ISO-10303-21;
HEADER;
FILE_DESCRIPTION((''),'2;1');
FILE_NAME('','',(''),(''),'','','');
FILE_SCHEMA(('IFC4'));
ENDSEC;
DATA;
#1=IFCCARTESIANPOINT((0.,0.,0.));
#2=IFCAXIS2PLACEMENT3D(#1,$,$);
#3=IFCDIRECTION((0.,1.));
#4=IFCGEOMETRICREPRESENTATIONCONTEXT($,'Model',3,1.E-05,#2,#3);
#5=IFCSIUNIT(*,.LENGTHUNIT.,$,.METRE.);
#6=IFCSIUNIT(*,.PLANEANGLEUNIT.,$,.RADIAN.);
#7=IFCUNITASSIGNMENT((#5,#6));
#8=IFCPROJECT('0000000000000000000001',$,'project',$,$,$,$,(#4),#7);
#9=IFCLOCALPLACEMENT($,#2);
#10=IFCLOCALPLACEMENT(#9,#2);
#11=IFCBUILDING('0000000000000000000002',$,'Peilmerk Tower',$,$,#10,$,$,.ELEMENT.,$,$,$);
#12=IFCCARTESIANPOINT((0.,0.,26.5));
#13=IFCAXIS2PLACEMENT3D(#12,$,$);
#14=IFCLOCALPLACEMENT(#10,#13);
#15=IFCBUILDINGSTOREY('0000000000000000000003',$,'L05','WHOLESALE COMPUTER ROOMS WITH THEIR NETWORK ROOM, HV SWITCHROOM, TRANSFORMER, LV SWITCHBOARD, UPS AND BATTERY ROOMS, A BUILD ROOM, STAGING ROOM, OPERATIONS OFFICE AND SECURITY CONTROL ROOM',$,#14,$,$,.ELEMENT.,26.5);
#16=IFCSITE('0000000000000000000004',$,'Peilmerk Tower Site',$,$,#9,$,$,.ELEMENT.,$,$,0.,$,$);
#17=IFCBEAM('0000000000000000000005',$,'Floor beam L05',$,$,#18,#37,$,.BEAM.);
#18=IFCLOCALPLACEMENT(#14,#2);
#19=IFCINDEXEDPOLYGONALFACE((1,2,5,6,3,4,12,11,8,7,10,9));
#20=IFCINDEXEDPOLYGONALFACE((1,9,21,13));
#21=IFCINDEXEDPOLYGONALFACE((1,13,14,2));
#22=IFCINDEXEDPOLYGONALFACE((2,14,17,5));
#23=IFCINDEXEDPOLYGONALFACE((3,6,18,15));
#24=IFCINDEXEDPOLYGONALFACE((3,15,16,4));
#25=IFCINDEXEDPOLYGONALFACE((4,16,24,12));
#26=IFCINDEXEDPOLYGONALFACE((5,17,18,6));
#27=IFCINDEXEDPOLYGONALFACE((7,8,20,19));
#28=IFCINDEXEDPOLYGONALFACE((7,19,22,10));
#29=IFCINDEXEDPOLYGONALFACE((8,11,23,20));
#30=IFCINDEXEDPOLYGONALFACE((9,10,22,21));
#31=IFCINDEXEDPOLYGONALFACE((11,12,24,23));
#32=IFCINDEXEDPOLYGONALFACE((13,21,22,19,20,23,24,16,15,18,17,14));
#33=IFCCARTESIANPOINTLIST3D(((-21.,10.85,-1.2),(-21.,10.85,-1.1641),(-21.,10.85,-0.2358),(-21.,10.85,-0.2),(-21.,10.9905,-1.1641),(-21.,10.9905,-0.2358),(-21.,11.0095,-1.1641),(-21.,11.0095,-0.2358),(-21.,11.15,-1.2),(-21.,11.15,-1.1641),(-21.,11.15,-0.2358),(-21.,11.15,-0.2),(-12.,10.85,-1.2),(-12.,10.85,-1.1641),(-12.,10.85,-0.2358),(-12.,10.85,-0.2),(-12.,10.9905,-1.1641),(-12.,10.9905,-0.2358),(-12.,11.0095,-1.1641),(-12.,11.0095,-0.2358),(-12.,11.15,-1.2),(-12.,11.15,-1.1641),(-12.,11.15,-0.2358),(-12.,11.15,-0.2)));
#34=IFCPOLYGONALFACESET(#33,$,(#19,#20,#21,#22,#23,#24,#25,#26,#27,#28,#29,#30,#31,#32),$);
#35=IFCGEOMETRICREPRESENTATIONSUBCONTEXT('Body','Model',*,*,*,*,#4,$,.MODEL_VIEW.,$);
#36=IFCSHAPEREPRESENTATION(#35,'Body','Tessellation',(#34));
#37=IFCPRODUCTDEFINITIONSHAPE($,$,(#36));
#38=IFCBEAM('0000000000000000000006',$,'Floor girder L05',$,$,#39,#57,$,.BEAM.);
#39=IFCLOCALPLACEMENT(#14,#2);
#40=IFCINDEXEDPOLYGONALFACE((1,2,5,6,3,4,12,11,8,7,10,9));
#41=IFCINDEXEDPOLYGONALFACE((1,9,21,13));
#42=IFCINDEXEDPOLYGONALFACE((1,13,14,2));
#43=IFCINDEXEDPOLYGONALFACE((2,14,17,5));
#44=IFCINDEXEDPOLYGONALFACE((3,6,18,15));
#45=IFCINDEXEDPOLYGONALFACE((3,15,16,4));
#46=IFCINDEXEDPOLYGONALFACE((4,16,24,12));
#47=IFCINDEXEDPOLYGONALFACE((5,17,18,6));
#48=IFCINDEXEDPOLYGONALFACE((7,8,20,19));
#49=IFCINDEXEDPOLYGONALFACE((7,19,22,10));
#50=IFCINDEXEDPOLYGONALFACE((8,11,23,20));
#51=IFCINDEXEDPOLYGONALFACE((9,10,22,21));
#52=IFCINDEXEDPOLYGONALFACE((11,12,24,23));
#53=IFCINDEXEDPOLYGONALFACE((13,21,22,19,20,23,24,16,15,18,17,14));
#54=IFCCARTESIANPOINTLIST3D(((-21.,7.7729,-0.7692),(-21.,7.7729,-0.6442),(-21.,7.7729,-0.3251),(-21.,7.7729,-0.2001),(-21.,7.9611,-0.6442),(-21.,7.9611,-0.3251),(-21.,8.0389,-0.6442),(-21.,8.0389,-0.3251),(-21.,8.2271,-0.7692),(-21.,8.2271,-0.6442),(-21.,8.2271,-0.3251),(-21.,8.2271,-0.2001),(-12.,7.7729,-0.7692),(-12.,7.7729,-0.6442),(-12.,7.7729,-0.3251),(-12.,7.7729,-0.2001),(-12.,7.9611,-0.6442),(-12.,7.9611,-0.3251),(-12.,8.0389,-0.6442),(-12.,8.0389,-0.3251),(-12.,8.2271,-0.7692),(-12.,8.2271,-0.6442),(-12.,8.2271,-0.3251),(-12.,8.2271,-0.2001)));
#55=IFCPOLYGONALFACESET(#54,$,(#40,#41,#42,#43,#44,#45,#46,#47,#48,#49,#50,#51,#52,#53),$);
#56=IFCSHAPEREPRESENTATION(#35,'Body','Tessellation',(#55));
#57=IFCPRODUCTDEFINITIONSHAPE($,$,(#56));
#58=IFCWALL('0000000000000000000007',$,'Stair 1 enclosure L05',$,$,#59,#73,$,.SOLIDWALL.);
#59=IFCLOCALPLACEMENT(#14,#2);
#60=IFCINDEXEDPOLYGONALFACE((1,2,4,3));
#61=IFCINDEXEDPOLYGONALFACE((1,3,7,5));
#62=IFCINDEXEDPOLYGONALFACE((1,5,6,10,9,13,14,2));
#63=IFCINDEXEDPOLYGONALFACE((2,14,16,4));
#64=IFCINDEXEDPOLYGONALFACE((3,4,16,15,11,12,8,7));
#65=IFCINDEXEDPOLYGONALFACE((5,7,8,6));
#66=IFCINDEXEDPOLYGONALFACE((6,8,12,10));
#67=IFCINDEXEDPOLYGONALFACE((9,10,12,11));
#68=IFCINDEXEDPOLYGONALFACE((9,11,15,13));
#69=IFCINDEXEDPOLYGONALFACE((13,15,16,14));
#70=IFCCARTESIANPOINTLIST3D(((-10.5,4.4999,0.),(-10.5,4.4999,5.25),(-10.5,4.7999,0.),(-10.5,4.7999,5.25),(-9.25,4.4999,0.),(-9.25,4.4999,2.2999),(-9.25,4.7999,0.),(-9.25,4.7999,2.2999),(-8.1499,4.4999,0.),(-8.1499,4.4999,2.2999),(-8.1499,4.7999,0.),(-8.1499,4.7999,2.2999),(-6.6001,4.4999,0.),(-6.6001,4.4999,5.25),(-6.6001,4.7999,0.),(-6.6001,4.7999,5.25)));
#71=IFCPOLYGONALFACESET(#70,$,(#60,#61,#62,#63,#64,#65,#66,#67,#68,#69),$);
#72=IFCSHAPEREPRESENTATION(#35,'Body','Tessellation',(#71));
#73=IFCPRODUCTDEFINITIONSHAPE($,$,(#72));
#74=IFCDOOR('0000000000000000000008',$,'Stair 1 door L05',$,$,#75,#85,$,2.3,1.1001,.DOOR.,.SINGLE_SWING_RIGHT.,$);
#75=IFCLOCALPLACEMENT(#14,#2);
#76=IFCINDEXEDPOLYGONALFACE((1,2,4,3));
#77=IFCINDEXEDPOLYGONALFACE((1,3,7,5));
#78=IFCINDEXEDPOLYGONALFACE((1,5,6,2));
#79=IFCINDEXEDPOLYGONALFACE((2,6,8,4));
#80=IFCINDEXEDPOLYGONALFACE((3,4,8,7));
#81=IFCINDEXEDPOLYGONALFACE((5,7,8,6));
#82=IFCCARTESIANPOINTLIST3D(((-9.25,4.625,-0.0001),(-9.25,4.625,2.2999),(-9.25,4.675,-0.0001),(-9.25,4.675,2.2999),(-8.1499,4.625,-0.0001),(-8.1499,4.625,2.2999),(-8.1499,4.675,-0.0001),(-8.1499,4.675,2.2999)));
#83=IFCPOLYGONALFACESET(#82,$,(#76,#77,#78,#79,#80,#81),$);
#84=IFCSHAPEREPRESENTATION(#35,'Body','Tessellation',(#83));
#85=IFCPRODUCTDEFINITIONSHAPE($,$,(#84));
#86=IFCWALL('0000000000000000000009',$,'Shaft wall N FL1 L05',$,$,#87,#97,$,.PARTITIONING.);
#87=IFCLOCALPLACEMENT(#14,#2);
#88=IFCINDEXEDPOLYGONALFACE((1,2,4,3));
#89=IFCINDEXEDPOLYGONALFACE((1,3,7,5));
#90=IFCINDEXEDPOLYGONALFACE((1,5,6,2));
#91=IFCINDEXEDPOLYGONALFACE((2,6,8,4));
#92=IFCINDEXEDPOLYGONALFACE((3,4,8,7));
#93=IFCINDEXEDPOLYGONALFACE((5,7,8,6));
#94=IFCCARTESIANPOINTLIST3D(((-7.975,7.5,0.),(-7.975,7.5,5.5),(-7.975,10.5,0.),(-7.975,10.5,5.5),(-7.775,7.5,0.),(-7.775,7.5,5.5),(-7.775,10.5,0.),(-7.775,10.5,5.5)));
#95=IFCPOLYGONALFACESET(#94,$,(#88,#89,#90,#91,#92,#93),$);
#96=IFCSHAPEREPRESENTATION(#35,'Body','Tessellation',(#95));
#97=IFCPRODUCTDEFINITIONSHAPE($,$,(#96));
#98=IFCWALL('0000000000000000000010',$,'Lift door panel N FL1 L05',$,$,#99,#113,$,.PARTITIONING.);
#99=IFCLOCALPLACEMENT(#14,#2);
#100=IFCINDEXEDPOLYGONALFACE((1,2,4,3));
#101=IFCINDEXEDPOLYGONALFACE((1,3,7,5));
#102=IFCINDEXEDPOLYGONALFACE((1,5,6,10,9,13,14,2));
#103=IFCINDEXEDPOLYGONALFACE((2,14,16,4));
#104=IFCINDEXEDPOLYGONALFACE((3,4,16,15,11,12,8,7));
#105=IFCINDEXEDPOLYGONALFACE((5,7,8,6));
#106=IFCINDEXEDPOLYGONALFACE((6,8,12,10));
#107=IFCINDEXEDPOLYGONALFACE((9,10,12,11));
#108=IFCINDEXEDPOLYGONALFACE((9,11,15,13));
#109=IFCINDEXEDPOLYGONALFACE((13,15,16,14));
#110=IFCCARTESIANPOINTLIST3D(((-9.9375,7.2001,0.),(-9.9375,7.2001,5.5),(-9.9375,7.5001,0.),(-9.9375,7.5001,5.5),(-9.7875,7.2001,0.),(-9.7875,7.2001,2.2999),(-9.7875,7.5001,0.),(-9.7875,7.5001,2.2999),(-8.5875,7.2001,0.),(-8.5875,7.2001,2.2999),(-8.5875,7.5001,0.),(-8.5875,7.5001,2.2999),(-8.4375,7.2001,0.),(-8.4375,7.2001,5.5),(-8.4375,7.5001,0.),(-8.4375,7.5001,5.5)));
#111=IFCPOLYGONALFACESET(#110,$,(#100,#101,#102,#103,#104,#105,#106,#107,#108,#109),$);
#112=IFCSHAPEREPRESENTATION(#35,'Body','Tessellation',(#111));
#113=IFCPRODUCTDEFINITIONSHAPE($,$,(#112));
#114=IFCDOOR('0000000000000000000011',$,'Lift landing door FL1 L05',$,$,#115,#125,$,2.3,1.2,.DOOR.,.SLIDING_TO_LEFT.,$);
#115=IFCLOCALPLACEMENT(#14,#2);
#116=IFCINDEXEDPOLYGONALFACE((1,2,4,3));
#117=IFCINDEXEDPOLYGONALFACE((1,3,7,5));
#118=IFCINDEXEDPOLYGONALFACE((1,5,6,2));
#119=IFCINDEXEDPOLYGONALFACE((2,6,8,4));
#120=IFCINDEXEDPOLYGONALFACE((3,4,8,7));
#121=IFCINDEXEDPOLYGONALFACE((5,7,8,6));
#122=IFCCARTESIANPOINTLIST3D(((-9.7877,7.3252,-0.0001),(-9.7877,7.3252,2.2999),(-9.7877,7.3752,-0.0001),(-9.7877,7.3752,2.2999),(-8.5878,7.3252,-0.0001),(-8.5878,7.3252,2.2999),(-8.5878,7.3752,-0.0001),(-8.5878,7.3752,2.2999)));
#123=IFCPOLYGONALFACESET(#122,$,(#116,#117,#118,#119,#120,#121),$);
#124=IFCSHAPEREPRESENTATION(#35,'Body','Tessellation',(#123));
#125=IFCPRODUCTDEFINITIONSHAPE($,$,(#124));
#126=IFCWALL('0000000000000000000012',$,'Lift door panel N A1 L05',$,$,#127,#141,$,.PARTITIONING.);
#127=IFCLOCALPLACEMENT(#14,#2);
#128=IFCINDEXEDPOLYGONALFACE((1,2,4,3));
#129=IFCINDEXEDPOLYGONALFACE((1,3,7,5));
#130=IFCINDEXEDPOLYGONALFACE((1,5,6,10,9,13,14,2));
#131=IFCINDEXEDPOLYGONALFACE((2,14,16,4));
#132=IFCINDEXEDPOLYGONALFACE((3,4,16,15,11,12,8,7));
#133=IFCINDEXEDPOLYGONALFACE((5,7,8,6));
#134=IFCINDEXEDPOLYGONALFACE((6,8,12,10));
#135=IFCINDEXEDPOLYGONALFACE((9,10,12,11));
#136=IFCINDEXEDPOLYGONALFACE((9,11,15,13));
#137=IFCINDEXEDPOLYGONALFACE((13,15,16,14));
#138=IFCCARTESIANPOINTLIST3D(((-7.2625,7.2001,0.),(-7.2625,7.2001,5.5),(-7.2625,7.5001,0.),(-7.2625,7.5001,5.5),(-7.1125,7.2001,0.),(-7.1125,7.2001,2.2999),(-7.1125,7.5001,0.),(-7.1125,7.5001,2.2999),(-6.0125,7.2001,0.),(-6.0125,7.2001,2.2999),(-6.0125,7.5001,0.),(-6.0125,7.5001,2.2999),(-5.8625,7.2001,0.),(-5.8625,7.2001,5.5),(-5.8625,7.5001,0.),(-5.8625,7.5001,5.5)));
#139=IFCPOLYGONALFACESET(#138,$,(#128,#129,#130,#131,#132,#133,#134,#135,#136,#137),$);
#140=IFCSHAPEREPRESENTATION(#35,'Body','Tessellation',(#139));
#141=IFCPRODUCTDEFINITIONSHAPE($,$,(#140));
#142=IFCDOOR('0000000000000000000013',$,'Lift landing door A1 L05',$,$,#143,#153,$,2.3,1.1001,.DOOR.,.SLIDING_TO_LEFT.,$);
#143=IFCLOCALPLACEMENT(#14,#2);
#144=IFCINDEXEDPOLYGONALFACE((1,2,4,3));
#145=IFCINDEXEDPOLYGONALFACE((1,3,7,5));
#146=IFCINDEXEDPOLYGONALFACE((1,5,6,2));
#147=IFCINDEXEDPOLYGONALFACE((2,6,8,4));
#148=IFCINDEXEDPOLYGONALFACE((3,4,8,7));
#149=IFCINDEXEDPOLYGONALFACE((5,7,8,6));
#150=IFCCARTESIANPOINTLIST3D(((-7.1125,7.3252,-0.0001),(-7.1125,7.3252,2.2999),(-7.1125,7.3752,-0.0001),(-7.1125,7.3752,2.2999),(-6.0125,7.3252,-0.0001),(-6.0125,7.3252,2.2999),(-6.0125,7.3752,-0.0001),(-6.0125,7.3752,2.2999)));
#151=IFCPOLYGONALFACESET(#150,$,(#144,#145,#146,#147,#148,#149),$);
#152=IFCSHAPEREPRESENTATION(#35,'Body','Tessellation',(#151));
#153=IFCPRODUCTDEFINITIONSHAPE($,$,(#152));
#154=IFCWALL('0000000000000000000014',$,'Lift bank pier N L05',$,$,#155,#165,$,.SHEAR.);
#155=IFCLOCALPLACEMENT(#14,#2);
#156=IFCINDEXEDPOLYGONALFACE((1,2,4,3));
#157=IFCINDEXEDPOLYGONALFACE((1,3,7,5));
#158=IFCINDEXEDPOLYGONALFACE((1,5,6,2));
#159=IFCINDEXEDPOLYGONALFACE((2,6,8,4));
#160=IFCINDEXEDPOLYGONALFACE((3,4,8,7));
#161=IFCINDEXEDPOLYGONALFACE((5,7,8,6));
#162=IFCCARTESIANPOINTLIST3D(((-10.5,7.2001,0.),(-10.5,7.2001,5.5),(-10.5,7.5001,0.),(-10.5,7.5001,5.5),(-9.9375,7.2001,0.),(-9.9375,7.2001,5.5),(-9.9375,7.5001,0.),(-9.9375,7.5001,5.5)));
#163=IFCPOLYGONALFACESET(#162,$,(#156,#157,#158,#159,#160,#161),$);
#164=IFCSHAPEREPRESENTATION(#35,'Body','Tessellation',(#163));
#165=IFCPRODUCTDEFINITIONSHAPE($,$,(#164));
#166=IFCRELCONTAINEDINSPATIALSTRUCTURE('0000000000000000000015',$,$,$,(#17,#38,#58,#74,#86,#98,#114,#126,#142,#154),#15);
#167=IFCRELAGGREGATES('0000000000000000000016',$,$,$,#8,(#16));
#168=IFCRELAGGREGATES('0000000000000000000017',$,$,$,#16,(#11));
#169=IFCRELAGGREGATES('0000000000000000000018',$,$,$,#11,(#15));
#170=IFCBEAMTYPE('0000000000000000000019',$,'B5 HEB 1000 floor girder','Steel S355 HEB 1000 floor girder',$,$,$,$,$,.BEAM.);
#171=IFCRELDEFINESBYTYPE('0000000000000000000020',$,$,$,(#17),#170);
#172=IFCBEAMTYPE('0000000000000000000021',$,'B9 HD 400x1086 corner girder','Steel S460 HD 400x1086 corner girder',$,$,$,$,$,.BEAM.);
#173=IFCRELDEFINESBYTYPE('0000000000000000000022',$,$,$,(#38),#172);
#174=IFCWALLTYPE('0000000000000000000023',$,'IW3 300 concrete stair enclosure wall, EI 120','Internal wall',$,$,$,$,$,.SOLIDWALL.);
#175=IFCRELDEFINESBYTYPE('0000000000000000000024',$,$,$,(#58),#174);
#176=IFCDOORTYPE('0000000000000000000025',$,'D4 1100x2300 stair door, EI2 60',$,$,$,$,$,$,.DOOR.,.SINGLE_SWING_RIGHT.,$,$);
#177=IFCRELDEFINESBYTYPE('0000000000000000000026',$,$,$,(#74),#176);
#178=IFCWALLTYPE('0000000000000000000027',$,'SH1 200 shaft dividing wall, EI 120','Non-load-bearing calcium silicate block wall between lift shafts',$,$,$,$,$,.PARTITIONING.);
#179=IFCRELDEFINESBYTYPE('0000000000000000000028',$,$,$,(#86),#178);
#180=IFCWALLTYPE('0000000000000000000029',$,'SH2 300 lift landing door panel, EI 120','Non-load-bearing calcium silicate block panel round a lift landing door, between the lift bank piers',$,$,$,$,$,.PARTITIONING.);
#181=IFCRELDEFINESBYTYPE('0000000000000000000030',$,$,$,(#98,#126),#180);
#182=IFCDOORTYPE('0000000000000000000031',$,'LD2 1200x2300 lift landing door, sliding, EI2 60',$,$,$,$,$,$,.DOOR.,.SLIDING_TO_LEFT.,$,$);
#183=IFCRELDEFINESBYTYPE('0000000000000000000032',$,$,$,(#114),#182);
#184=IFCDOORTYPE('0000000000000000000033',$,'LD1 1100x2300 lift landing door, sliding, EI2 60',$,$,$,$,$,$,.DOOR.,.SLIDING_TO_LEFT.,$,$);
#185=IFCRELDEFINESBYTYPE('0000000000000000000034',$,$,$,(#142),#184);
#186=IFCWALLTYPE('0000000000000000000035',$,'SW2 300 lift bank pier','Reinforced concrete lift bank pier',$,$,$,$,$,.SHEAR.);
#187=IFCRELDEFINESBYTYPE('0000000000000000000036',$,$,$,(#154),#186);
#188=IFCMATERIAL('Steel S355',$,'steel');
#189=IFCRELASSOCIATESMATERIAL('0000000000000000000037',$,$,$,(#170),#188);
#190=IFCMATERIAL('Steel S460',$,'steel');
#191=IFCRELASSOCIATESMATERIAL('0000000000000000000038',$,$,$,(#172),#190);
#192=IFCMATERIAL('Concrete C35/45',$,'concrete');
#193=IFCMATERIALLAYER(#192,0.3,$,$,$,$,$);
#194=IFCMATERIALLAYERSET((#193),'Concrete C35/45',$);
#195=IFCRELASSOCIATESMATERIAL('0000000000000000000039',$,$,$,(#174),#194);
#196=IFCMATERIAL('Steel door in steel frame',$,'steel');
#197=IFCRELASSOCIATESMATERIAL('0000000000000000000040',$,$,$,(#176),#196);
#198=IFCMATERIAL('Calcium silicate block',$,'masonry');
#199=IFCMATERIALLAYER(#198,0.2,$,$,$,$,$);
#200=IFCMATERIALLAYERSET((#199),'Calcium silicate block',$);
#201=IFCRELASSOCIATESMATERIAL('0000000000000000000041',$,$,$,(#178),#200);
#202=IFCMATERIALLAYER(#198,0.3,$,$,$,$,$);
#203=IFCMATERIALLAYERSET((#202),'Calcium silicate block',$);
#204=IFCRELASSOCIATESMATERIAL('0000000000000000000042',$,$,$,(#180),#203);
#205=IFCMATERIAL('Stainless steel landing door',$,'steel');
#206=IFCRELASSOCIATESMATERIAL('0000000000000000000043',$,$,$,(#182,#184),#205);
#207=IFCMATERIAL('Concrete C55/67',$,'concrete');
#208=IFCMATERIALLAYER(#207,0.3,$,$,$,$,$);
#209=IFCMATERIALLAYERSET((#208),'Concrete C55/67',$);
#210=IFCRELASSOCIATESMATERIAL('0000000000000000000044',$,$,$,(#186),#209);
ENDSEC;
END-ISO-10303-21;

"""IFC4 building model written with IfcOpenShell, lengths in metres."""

from ifc_helpers import new_model, si_unit, direction, frame, frame_2d, origin, origin_2d, place, context, subcontext, project, spatial, rectangle, i_section, extrude, material, layer, layer_set, material_profile, profile_set, type_object, element, fill, save


model = new_model("IFC4")

# Units and contexts
model_context = context("Model", 3, precision=1e-05, world=origin(), true_north=direction((0.0, 1.0)))
body_context = subcontext(model_context, "Body", "Model", "MODEL_VIEW")
ifc_project = project(units=[si_unit("LENGTHUNIT", "METRE"), si_unit("PLANEANGLEUNIT", "RADIAN")], contexts=[model_context])

# Site, building, storey
site_placement = place(None, origin())
site = spatial("IfcSite", under=ifc_project, at=site_placement, Name="Peilmerk Tower Site", CompositionType="ELEMENT", RefElevation=0.0)
building_placement = place(site_placement, origin())
building = spatial("IfcBuilding", under=site, at=building_placement, Name="Peilmerk Tower", CompositionType="ELEMENT")
storey_placement = place(building_placement, frame((0.0, 0.0, 26.5)))
storey = spatial("IfcBuildingStorey", under=building, at=storey_placement, Name="L05", Description="WHOLESALE COMPUTER ROOMS WITH THEIR NETWORK ROOM, HV SWITCHROOM, TRANSFORMER, LV SWITCHBOARD, UPS AND BATTERY ROOMS, A BUILD ROOM, STAGING ROOM, OPERATIONS OFFICE AND SECURITY CONTROL ROOM", CompositionType="ELEMENT", Elevation=26.5)

# Beams
ifc_material_1 = material(Name="Steel S355", Category="steel")
ifc_material_profile_1 = material_profile(ifc_material_1, i_section(OverallWidth=0.3, OverallDepth=1.0, WebThickness=0.019, FlangeThickness=0.0359, at=origin_2d()), Name="HEB 1000")
ifc_profile_set_1 = profile_set([ifc_material_profile_1], Name="Steel S355")
beam_type_1 = type_object("IfcBeamType", Name="B5 HEB 1000 floor girder", Description="Steel S355 HEB 1000 floor girder", PredefinedType="BEAM", material=ifc_profile_set_1)
beam_1_placement = place(storey_placement, frame((-12.0, 11.0, -0.7), z_axis=(-1.0, 0.0, 0.0), x_axis=(0.0, -1.0, 0.0)))
element("IfcBeam", 1, at=beam_1_placement, inside=storey, type_object=beam_type_1, Name="Floor beam L05", PredefinedType="BEAM", context=body_context, shape_type="SweptSolid", body=[
    extrude(i_section(OverallWidth=0.3, OverallDepth=1.0, WebThickness=0.019, FlangeThickness=0.0359, at=origin_2d()), origin(), (0.0, 0.0, 1.0), 9.0),
])
ifc_material_2 = material(Name="Steel S460", Category="steel")
ifc_material_profile_2 = material_profile(ifc_material_2, i_section(OverallWidth=0.4541, OverallDepth=0.5691, WebThickness=0.0779, FlangeThickness=0.125, at=origin_2d()), Name="HD 400x1086")
ifc_profile_set_2 = profile_set([ifc_material_profile_2], Name="Steel S460")
beam_type_2 = type_object("IfcBeamType", Name="B9 HD 400x1086 corner girder", Description="Steel S460 HD 400x1086 corner girder", PredefinedType="BEAM", material=ifc_profile_set_2)
beam_2_placement = place(storey_placement, frame((-12.0, 8.0, -0.4846), z_axis=(-1.0, 0.0, 0.0), x_axis=(0.0, -1.0, 0.0)))
element("IfcBeam", 2, at=beam_2_placement, inside=storey, type_object=beam_type_2, Name="Floor girder L05", PredefinedType="BEAM", context=body_context, shape_type="SweptSolid", body=[
    extrude(i_section(OverallWidth=0.4541, OverallDepth=0.5691, WebThickness=0.0779, FlangeThickness=0.125, at=origin_2d()), origin(), (0.0, 0.0, 1.0), 9.0),
])

# Wall, opening, door
ifc_material_3 = material(Name="Concrete C35/45", Category="concrete")
ifc_layer_1 = layer(ifc_material_3, 0.3)
ifc_layer_set_1 = layer_set([ifc_layer_1], Name="Concrete C35/45")
wall_type_1 = type_object("IfcWallType", Name="IW3 300 concrete stair enclosure wall, EI 120", Description="Internal wall", PredefinedType="SOLIDWALL", material=ifc_layer_set_1)
wall_1_placement = place(storey_placement, frame((-10.5, 4.6499, 0.0), z_axis=(0.0, 0.0, 1.0), x_axis=(1.0, 0.0, 0.0)))
wall_1 = element("IfcWall", 3, at=wall_1_placement, inside=storey, type_object=wall_type_1, Name="Stair 1 enclosure L05", PredefinedType="SOLIDWALL", context=body_context, shape_type="SweptSolid", body=[
    extrude(rectangle(XDim=3.8999, YDim=0.3, at=frame_2d((1.95, 0.0))), origin(), (0.0, 0.0, 1.0), 5.25),
])
opening_1_placement = place(wall_1_placement, frame((1.25, 0.0, 0.0)))
opening_1 = element("IfcOpeningElement", 4, at=opening_1_placement, cuts=wall_1, PredefinedType="OPENING", context=body_context, shape_type="SweptSolid", body=[
    extrude(rectangle(XDim=1.1001, YDim=2.3, at=frame_2d((0.55, 1.1499))), frame((0.0, 0.1599, 0.0), z_axis=(0.0, -1.0, 0.0), x_axis=(1.0, 0.0, 0.0)), (0.0, 0.0, 1.0), 0.3201),
])
ifc_material_4 = material(Name="Steel door in steel frame", Category="steel")
door_type_1 = type_object("IfcDoorType", Name="D4 1100x2300 stair door, EI2 60", OperationType="SINGLE_SWING_RIGHT", PredefinedType="DOOR", material=ifc_material_4)
door_1_placement = place(opening_1_placement, frame((1.1001, 0.0, 0.0), z_axis=(0.0, 0.0, 1.0), x_axis=(-1.0, 0.0, 0.0)))
door_1 = element("IfcDoor", 5, at=door_1_placement, inside=storey, type_object=door_type_1, Name="Stair 1 door L05", OperationType="SINGLE_SWING_RIGHT", OverallHeight=2.3, OverallWidth=1.1001, PredefinedType="DOOR", context=body_context, shape_type="SweptSolid", body=[
    extrude(rectangle(XDim=1.1001, YDim=2.3, at=frame_2d((0.55, 1.1499))), frame((0.0, 0.0249, 0.0), z_axis=(0.0, -1.0, 0.0), x_axis=(1.0, 0.0, 0.0)), (0.0, 0.0, 1.0), 0.05),
])
fill(opening_1, door_1)

# Wall
ifc_material_5 = material(Name="Calcium silicate block", Category="masonry")
ifc_layer_2 = layer(ifc_material_5, 0.2)
ifc_layer_set_2 = layer_set([ifc_layer_2], Name="Calcium silicate block")
wall_type_2 = type_object("IfcWallType", Name="SH1 200 shaft dividing wall, EI 120", Description="Non-load-bearing calcium silicate block wall between lift shafts", PredefinedType="PARTITIONING", material=ifc_layer_set_2)
wall_2_placement = place(storey_placement, frame((-7.875, 7.5, 0.0), z_axis=(0.0, 0.0, 1.0), x_axis=(0.0, 1.0, 0.0)))
element("IfcWall", 6, at=wall_2_placement, inside=storey, type_object=wall_type_2, Name="Shaft wall N FL1 L05", PredefinedType="PARTITIONING", context=body_context, shape_type="SweptSolid", body=[
    extrude(rectangle(XDim=3.0, YDim=0.2, at=frame_2d((1.5, 0.0))), origin(), (0.0, 0.0, 1.0), 5.5),
])

# Walls, openings, doors
ifc_layer_3 = layer(ifc_material_5, 0.3)
ifc_layer_set_3 = layer_set([ifc_layer_3], Name="Calcium silicate block")
wall_type_3 = type_object("IfcWallType", Name="SH2 300 lift landing door panel, EI 120", Description="Non-load-bearing calcium silicate block panel round a lift landing door, between the lift bank piers", PredefinedType="PARTITIONING", material=ifc_layer_set_3)
wall_3_placement = place(storey_placement, frame((-9.9375, 7.3501, 0.0), z_axis=(0.0, 0.0, 1.0), x_axis=(1.0, 0.0, 0.0)))
wall_3 = element("IfcWall", 7, at=wall_3_placement, inside=storey, type_object=wall_type_3, Name="Lift door panel N FL1 L05", PredefinedType="PARTITIONING", context=body_context, shape_type="SweptSolid", body=[
    extrude(rectangle(XDim=1.5, YDim=0.3, at=frame_2d((0.75, 0.0))), origin(), (0.0, 0.0, 1.0), 5.5),
])
opening_2_placement = place(wall_3_placement, frame((0.1499, 0.0, 0.0)))
opening_2 = element("IfcOpeningElement", 8, at=opening_2_placement, cuts=wall_3, PredefinedType="OPENING", context=body_context, shape_type="SweptSolid", body=[
    extrude(rectangle(XDim=1.2, YDim=2.3, at=frame_2d((0.6001, 1.1499))), frame((0.0, 0.1599, 0.0), z_axis=(0.0, -1.0, 0.0), x_axis=(1.0, 0.0, 0.0)), (0.0, 0.0, 1.0), 0.3201),
])
ifc_material_6 = material(Name="Stainless steel landing door", Category="steel")
door_type_2 = type_object("IfcDoorType", Name="LD2 1200x2300 lift landing door, sliding, EI2 60", OperationType="SLIDING_TO_LEFT", PredefinedType="DOOR", material=ifc_material_6)
door_2_placement = place(opening_2_placement, frame((1.2, 0.0, 0.0), z_axis=(0.0, 0.0, 1.0), x_axis=(-1.0, 0.0, 0.0)))
door_2 = element("IfcDoor", 9, at=door_2_placement, inside=storey, type_object=door_type_2, Name="Lift landing door FL1 L05", OperationType="SLIDING_TO_LEFT", OverallHeight=2.3, OverallWidth=1.2, PredefinedType="DOOR", context=body_context, shape_type="SweptSolid", body=[
    extrude(rectangle(XDim=1.2, YDim=2.3, at=frame_2d((0.6001, 1.1499))), frame((0.0, 0.0249, 0.0), z_axis=(0.0, -1.0, 0.0), x_axis=(1.0, 0.0, 0.0)), (0.0, 0.0, 1.0), 0.05),
])
fill(opening_2, door_2)
wall_4_placement = place(storey_placement, frame((-7.2625, 7.3501, 0.0), z_axis=(0.0, 0.0, 1.0), x_axis=(1.0, 0.0, 0.0)))
wall_4 = element("IfcWall", 10, at=wall_4_placement, inside=storey, type_object=wall_type_3, Name="Lift door panel N A1 L05", PredefinedType="PARTITIONING", context=body_context, shape_type="SweptSolid", body=[
    extrude(rectangle(XDim=1.3999, YDim=0.3, at=frame_2d((0.7, 0.0))), origin(), (0.0, 0.0, 1.0), 5.5),
])
opening_3_placement = place(wall_4_placement, frame((0.1499, 0.0, 0.0)))
opening_3 = element("IfcOpeningElement", 11, at=opening_3_placement, cuts=wall_4, PredefinedType="OPENING", context=body_context, shape_type="SweptSolid", body=[
    extrude(rectangle(XDim=1.1001, YDim=2.3, at=frame_2d((0.55, 1.1499))), frame((0.0, 0.1599, 0.0), z_axis=(0.0, -1.0, 0.0), x_axis=(1.0, 0.0, 0.0)), (0.0, 0.0, 1.0), 0.3201),
])
door_type_3 = type_object("IfcDoorType", Name="LD1 1100x2300 lift landing door, sliding, EI2 60", OperationType="SLIDING_TO_LEFT", PredefinedType="DOOR", material=ifc_material_6)
door_3_placement = place(opening_3_placement, frame((1.1001, 0.0, 0.0), z_axis=(0.0, 0.0, 1.0), x_axis=(-1.0, 0.0, 0.0)))
door_3 = element("IfcDoor", 12, at=door_3_placement, inside=storey, type_object=door_type_3, Name="Lift landing door A1 L05", OperationType="SLIDING_TO_LEFT", OverallHeight=2.3, OverallWidth=1.1001, PredefinedType="DOOR", context=body_context, shape_type="SweptSolid", body=[
    extrude(rectangle(XDim=1.1001, YDim=2.3, at=frame_2d((0.55, 1.1499))), frame((0.0, 0.0249, 0.0), z_axis=(0.0, -1.0, 0.0), x_axis=(1.0, 0.0, 0.0)), (0.0, 0.0, 1.0), 0.05),
])
fill(opening_3, door_3)

# Wall
ifc_material_7 = material(Name="Concrete C55/67", Category="concrete")
ifc_layer_4 = layer(ifc_material_7, 0.3)
ifc_layer_set_4 = layer_set([ifc_layer_4], Name="Concrete C55/67")
wall_type_4 = type_object("IfcWallType", Name="SW2 300 lift bank pier", Description="Reinforced concrete lift bank pier", PredefinedType="SHEAR", material=ifc_layer_set_4)
wall_5_placement = place(storey_placement, frame((-10.5, 7.3501, 0.0), z_axis=(0.0, 0.0, 1.0), x_axis=(1.0, 0.0, 0.0)))
element("IfcWall", 13, at=wall_5_placement, inside=storey, type_object=wall_type_4, Name="Lift bank pier N L05", PredefinedType="SHEAR", context=body_context, shape_type="SweptSolid", body=[
    extrude(rectangle(XDim=0.5625, YDim=0.3, at=frame_2d((0.2812, 0.0))), origin(), (0.0, 0.0, 1.0), 5.5),
])

save(model, "model.ifc")
